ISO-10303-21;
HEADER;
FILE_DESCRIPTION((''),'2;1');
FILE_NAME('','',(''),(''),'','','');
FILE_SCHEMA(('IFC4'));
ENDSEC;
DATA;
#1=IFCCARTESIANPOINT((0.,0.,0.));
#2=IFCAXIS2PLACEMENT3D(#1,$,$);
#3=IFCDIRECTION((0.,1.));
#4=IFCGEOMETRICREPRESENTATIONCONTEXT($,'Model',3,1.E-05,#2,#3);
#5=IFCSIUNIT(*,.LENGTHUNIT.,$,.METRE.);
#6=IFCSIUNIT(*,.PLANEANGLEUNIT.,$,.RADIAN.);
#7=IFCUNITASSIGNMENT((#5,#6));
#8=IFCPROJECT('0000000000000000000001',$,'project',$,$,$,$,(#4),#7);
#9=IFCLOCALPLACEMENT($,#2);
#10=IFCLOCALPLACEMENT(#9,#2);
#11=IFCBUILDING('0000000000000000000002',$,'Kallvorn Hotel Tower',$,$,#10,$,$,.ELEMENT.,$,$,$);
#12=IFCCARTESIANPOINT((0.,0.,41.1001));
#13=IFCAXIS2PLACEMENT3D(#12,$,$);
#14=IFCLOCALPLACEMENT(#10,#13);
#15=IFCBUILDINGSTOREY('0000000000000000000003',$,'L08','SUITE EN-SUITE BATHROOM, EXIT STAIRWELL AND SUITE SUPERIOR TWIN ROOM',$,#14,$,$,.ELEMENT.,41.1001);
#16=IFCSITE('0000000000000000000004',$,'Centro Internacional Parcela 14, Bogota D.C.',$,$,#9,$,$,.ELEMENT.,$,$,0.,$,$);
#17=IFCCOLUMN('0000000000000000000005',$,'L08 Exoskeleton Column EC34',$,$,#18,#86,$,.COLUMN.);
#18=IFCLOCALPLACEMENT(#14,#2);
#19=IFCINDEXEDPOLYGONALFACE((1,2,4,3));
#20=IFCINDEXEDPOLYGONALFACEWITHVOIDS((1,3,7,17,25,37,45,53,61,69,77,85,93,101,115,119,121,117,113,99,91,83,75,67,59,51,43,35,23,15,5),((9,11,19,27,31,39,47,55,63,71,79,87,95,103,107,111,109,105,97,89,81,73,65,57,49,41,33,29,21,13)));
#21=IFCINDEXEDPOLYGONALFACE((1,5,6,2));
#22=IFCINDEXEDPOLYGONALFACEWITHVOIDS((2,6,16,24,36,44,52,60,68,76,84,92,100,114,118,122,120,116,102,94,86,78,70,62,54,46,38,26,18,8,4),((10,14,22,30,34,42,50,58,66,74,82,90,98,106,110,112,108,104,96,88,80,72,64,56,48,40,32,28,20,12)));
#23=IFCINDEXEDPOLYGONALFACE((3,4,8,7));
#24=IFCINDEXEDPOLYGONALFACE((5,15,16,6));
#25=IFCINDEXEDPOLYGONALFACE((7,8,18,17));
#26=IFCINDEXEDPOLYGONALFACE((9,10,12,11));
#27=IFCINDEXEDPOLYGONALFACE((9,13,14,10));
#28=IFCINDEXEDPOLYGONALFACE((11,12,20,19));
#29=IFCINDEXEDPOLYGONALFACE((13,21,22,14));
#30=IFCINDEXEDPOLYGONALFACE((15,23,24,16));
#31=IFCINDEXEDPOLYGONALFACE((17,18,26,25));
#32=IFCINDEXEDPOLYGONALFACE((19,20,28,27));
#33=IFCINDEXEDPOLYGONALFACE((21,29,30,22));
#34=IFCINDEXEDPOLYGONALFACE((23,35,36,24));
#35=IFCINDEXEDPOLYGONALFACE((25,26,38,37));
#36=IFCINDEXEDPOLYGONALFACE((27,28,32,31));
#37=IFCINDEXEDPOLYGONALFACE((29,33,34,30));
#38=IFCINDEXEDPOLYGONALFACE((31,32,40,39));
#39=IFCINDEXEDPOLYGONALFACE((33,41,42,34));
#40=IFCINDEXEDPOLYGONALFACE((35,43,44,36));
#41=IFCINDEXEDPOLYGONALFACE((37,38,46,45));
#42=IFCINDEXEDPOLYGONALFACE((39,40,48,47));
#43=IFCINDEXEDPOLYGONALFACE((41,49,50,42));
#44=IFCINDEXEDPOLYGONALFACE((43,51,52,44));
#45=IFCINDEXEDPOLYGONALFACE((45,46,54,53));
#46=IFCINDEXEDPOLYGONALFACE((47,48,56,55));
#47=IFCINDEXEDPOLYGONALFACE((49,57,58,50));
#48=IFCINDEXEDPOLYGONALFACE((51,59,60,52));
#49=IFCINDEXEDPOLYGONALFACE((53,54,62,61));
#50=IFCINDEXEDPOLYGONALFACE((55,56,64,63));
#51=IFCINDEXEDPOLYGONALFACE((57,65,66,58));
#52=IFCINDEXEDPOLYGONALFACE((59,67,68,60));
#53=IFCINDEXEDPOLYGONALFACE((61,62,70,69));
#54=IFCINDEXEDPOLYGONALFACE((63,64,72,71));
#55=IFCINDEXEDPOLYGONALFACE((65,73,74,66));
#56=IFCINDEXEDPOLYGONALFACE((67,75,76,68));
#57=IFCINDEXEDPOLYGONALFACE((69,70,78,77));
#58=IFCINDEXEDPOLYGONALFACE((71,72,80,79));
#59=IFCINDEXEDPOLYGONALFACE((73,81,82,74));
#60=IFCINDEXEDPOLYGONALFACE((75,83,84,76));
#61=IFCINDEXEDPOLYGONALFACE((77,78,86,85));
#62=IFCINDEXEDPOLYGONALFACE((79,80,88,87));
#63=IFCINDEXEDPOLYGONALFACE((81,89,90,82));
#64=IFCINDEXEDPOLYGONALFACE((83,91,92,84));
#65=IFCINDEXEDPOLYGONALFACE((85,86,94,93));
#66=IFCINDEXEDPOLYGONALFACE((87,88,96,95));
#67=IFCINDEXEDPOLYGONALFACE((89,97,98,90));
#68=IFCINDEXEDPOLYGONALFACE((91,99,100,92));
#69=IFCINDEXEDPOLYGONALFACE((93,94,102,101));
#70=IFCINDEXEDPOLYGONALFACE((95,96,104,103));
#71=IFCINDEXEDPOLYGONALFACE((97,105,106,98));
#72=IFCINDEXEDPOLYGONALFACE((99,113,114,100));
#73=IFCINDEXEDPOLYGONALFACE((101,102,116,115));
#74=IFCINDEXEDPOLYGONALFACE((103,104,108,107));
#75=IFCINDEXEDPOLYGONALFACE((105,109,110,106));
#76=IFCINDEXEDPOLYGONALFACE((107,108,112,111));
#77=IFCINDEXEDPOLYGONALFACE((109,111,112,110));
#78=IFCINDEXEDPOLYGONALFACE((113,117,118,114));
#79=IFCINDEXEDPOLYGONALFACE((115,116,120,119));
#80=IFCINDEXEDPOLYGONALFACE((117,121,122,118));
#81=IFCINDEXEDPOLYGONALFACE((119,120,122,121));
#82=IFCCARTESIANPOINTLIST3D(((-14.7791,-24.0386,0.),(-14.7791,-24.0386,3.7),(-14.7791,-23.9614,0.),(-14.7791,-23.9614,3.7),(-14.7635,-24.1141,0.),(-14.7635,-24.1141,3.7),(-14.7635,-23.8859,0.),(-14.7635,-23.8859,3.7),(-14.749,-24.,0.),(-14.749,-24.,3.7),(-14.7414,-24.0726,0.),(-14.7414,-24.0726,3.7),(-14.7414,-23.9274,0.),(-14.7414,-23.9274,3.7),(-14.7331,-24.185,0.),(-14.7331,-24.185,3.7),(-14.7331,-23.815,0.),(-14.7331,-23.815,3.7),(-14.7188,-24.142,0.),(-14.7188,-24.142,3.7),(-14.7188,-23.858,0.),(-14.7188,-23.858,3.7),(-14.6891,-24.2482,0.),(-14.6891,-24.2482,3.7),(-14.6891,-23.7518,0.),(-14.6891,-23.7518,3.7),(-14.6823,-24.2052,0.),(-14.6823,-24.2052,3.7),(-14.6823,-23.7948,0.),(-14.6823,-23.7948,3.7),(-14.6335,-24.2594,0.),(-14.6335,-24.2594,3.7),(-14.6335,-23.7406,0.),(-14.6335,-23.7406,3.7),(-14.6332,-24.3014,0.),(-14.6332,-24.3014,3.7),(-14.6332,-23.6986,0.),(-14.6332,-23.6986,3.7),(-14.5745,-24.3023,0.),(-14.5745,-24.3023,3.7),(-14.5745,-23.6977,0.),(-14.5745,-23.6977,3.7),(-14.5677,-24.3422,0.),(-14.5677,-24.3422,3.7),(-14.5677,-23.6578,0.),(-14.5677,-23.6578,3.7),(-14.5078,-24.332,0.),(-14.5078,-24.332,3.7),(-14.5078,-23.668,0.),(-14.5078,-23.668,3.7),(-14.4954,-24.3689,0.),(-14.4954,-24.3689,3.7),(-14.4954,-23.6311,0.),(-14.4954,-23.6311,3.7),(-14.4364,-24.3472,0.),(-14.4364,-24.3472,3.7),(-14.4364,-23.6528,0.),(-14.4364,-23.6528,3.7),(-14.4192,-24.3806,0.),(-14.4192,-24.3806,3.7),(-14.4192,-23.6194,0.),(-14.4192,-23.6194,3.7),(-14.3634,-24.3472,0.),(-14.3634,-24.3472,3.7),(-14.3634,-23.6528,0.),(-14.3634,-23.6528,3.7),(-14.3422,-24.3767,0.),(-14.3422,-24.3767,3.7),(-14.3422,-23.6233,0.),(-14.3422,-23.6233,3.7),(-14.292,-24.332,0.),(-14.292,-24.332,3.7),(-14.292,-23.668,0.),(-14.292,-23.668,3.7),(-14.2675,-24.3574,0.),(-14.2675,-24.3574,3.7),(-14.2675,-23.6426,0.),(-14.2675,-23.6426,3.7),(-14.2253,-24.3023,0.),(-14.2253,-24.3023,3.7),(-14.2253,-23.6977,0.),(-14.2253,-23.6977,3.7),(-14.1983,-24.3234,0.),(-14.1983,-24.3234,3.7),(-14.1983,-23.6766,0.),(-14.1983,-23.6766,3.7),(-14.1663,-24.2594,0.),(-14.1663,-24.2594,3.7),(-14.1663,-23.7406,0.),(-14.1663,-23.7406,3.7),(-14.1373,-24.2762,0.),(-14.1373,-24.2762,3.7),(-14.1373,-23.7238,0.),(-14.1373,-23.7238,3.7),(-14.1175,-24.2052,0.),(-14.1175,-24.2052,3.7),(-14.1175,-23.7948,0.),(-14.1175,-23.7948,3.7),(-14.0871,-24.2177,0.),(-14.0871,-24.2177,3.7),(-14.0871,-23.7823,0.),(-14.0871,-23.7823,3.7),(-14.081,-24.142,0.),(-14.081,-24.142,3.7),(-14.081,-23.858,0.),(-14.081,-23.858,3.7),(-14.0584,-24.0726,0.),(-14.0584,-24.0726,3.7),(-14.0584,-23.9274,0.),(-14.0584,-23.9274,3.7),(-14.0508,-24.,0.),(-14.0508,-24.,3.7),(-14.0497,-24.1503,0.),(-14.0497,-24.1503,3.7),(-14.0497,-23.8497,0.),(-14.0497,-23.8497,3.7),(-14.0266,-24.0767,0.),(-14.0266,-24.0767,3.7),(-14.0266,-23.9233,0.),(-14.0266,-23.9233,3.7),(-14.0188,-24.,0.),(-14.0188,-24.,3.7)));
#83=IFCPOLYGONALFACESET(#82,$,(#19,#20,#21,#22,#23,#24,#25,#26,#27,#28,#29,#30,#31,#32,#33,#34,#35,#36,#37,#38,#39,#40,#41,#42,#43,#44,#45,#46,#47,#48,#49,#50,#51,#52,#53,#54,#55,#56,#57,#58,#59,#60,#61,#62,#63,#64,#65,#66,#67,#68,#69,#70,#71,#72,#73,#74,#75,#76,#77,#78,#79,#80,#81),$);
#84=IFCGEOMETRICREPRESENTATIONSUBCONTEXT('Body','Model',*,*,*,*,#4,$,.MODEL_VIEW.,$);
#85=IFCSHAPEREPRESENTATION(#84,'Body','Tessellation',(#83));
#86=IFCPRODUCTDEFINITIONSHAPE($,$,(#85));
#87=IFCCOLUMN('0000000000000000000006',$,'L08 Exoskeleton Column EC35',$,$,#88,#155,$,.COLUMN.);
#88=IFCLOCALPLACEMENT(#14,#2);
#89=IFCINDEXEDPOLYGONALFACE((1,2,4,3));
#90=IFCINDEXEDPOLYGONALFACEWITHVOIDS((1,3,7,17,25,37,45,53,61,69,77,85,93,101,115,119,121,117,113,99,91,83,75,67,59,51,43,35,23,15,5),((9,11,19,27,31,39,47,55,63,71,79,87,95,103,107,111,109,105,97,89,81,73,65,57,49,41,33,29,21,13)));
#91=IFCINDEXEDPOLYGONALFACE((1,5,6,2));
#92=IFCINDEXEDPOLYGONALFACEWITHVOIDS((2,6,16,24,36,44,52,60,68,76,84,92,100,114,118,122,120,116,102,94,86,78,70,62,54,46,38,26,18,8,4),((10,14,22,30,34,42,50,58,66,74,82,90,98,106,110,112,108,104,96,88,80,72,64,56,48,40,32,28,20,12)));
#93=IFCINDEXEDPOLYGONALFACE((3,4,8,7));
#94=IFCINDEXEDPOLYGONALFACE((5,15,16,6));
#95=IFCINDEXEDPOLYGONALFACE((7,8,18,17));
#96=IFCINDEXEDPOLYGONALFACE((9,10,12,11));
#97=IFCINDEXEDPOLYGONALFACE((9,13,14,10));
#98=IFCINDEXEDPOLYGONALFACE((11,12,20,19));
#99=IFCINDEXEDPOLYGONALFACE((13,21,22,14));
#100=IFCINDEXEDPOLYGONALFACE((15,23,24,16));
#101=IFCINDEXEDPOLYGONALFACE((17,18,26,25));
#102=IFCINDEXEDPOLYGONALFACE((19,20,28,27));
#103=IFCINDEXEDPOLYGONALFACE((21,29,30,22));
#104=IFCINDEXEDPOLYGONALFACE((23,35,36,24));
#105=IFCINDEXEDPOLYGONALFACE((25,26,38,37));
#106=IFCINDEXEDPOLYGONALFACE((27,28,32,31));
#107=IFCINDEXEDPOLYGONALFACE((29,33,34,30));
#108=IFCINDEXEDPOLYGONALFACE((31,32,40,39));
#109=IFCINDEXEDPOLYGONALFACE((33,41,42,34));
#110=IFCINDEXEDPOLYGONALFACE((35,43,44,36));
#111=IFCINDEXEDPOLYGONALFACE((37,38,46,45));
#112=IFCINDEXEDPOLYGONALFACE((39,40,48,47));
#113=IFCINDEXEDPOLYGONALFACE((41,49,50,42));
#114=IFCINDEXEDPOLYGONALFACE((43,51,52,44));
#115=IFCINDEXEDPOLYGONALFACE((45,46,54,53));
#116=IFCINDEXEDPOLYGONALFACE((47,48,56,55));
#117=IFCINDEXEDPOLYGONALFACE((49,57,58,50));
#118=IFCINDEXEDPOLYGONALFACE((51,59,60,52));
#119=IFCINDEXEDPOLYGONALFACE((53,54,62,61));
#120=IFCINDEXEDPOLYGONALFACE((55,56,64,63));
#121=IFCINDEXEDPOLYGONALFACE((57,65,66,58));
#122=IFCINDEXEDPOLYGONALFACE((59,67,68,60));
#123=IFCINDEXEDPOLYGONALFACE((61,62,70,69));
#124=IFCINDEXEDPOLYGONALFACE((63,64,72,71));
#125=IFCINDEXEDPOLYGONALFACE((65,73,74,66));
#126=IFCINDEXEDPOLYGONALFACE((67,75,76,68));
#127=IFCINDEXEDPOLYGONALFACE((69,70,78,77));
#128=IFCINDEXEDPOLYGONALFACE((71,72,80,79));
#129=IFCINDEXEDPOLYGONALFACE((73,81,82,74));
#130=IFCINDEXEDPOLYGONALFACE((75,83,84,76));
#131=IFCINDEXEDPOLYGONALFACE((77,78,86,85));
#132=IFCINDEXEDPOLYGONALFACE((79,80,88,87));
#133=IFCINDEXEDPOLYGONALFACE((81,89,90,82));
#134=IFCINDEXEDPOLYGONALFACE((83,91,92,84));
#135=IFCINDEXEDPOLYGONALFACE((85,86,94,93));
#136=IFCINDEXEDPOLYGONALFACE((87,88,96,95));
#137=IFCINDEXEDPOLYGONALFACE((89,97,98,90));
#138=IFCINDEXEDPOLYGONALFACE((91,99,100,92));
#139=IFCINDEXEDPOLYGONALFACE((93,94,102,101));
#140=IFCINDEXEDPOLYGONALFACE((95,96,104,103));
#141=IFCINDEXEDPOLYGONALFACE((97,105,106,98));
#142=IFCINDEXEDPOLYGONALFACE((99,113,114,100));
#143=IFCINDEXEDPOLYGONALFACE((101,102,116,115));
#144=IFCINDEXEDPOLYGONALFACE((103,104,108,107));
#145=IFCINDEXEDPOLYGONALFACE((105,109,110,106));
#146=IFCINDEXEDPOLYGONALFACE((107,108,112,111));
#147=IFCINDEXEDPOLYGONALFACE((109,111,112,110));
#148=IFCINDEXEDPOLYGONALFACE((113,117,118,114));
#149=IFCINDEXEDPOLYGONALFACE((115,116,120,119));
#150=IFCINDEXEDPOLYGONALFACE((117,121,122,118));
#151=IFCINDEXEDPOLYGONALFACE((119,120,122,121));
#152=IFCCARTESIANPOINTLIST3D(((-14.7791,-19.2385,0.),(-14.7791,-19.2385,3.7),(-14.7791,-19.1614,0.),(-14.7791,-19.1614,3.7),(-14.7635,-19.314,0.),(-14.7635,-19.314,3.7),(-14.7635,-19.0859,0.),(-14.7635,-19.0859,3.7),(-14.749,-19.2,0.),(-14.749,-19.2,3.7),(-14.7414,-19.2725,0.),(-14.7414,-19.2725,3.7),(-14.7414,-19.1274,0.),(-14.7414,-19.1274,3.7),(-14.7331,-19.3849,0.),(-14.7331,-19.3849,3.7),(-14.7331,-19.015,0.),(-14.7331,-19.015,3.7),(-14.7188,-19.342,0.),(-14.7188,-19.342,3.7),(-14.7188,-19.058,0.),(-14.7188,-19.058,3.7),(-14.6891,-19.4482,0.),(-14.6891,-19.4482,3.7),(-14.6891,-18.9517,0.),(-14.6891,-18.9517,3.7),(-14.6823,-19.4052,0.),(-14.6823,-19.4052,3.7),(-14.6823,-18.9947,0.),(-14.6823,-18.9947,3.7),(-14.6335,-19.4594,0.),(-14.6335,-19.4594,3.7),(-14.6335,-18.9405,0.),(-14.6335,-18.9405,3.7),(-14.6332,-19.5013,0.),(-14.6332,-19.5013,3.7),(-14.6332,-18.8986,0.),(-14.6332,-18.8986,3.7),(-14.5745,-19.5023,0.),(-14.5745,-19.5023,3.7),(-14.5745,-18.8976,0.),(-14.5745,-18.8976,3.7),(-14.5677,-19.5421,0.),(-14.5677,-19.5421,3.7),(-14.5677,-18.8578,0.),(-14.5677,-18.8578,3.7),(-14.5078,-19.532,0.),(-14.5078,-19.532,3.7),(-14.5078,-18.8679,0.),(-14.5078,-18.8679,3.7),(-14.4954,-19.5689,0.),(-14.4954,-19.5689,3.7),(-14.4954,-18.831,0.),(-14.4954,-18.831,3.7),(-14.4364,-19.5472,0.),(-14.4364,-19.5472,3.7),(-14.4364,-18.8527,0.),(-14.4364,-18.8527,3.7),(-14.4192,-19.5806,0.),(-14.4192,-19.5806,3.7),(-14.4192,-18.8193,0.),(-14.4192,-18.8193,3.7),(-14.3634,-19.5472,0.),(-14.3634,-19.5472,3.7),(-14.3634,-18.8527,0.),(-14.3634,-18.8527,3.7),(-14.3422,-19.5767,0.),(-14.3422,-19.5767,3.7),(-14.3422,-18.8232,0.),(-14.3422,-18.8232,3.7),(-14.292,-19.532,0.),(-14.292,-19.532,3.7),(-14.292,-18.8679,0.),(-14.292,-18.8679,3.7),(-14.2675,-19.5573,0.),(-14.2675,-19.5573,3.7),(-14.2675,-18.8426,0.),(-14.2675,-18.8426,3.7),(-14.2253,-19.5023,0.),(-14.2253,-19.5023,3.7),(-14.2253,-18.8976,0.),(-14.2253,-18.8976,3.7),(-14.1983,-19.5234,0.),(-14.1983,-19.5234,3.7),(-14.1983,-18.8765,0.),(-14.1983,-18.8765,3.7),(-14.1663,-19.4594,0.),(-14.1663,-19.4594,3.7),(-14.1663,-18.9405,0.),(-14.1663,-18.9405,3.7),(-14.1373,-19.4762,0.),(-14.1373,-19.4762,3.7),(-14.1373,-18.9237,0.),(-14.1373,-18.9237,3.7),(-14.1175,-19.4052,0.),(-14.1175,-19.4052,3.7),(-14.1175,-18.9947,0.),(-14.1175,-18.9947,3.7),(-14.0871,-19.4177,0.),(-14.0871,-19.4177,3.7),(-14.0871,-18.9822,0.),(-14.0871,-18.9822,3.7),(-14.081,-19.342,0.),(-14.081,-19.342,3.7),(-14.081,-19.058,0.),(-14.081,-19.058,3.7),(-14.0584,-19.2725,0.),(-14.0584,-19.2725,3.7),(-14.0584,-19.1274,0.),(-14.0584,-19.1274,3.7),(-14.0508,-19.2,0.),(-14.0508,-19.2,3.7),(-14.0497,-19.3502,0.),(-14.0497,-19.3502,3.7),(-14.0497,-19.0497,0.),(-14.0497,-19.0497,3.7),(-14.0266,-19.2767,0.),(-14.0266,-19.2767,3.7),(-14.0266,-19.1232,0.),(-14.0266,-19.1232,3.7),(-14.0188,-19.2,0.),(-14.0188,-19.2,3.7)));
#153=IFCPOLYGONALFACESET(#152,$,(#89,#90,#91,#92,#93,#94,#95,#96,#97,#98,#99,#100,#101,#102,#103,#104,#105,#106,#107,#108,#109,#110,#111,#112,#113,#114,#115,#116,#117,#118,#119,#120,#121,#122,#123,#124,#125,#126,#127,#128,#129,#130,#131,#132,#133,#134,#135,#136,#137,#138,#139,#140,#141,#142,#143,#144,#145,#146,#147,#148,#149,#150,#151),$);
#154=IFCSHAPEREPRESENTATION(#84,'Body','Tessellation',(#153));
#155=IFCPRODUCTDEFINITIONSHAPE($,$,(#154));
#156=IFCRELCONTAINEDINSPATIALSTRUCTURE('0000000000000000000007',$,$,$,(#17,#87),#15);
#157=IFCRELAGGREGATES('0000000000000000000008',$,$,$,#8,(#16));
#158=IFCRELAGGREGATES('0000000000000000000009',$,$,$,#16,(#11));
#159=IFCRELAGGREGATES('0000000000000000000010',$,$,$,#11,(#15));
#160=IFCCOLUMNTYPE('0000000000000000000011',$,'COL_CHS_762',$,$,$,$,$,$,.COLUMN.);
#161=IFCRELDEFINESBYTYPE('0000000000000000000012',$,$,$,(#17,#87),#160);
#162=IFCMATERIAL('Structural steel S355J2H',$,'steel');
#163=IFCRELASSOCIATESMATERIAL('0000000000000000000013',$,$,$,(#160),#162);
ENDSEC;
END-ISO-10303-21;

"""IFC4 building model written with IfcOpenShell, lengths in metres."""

from ifc_helpers import new_model, si_unit, direction, frame, origin, origin_2d, place, context, subcontext, project, spatial, hollow_circle, extrude, material, material_profile, profile_set, type_object, element, save


model = new_model("IFC4")

# Units and contexts
model_context = context("Model", 3, precision=1e-05, world=origin(), true_north=direction((0.0, 1.0)))
body_context = subcontext(model_context, "Body", "Model", "MODEL_VIEW")
ifc_project = project(units=[si_unit("LENGTHUNIT", "METRE"), si_unit("PLANEANGLEUNIT", "RADIAN")], contexts=[model_context])

# Site, building, storey
site_placement = place(None, origin())
site = spatial("IfcSite", under=ifc_project, at=site_placement, Name="Centro Internacional Parcela 14, Bogota D.C.", CompositionType="ELEMENT", RefElevation=0.0)
building_placement = place(site_placement, origin())
building = spatial("IfcBuilding", under=site, at=building_placement, Name="Kallvorn Hotel Tower", CompositionType="ELEMENT")
storey_placement = place(building_placement, frame((0.0, 0.0, 41.1001)))
storey = spatial("IfcBuildingStorey", under=building, at=storey_placement, Name="L08", Description="SUITE EN-SUITE BATHROOM, EXIT STAIRWELL AND SUITE SUPERIOR TWIN ROOM", CompositionType="ELEMENT", Elevation=41.1001)

# Columns
ifc_material_1 = material(Name="Structural steel S355J2H", Category="steel")
ifc_material_profile_1 = material_profile(ifc_material_1, hollow_circle(Radius=0.3811, WallThickness=0.032, at=origin_2d()), Name="CHS 762x32")
ifc_profile_set_1 = profile_set([ifc_material_profile_1], Name="Structural steel S355J2H")
column_type_1 = type_object("IfcColumnType", Name="COL_CHS_762", PredefinedType="COLUMN", material=ifc_profile_set_1)
for number, where, z_axis, x_axis, name in (
    (1, (-14.3999, -24.0, 0.0), (0.0, 0.0, 1.0), (1.0, 0.0, 0.0), "L08 Exoskeleton Column EC34"),
    (2, (-14.3999, -19.2, 0.0), (0.0, 0.0, 1.0), (1.0, 0.0, 0.0), "L08 Exoskeleton Column EC35"),
):
    element("IfcColumn", number, at=place(storey_placement, frame(where, z_axis=z_axis, x_axis=x_axis)), inside=storey, type_object=column_type_1, Name=name, PredefinedType="COLUMN", context=body_context, shape_type="SweptSolid", body=[
        extrude(hollow_circle(Radius=0.3811, WallThickness=0.032, at=origin_2d()), origin(), (0.0, 0.0, 1.0), 3.7),
    ])

save(model, "model.ifc")
